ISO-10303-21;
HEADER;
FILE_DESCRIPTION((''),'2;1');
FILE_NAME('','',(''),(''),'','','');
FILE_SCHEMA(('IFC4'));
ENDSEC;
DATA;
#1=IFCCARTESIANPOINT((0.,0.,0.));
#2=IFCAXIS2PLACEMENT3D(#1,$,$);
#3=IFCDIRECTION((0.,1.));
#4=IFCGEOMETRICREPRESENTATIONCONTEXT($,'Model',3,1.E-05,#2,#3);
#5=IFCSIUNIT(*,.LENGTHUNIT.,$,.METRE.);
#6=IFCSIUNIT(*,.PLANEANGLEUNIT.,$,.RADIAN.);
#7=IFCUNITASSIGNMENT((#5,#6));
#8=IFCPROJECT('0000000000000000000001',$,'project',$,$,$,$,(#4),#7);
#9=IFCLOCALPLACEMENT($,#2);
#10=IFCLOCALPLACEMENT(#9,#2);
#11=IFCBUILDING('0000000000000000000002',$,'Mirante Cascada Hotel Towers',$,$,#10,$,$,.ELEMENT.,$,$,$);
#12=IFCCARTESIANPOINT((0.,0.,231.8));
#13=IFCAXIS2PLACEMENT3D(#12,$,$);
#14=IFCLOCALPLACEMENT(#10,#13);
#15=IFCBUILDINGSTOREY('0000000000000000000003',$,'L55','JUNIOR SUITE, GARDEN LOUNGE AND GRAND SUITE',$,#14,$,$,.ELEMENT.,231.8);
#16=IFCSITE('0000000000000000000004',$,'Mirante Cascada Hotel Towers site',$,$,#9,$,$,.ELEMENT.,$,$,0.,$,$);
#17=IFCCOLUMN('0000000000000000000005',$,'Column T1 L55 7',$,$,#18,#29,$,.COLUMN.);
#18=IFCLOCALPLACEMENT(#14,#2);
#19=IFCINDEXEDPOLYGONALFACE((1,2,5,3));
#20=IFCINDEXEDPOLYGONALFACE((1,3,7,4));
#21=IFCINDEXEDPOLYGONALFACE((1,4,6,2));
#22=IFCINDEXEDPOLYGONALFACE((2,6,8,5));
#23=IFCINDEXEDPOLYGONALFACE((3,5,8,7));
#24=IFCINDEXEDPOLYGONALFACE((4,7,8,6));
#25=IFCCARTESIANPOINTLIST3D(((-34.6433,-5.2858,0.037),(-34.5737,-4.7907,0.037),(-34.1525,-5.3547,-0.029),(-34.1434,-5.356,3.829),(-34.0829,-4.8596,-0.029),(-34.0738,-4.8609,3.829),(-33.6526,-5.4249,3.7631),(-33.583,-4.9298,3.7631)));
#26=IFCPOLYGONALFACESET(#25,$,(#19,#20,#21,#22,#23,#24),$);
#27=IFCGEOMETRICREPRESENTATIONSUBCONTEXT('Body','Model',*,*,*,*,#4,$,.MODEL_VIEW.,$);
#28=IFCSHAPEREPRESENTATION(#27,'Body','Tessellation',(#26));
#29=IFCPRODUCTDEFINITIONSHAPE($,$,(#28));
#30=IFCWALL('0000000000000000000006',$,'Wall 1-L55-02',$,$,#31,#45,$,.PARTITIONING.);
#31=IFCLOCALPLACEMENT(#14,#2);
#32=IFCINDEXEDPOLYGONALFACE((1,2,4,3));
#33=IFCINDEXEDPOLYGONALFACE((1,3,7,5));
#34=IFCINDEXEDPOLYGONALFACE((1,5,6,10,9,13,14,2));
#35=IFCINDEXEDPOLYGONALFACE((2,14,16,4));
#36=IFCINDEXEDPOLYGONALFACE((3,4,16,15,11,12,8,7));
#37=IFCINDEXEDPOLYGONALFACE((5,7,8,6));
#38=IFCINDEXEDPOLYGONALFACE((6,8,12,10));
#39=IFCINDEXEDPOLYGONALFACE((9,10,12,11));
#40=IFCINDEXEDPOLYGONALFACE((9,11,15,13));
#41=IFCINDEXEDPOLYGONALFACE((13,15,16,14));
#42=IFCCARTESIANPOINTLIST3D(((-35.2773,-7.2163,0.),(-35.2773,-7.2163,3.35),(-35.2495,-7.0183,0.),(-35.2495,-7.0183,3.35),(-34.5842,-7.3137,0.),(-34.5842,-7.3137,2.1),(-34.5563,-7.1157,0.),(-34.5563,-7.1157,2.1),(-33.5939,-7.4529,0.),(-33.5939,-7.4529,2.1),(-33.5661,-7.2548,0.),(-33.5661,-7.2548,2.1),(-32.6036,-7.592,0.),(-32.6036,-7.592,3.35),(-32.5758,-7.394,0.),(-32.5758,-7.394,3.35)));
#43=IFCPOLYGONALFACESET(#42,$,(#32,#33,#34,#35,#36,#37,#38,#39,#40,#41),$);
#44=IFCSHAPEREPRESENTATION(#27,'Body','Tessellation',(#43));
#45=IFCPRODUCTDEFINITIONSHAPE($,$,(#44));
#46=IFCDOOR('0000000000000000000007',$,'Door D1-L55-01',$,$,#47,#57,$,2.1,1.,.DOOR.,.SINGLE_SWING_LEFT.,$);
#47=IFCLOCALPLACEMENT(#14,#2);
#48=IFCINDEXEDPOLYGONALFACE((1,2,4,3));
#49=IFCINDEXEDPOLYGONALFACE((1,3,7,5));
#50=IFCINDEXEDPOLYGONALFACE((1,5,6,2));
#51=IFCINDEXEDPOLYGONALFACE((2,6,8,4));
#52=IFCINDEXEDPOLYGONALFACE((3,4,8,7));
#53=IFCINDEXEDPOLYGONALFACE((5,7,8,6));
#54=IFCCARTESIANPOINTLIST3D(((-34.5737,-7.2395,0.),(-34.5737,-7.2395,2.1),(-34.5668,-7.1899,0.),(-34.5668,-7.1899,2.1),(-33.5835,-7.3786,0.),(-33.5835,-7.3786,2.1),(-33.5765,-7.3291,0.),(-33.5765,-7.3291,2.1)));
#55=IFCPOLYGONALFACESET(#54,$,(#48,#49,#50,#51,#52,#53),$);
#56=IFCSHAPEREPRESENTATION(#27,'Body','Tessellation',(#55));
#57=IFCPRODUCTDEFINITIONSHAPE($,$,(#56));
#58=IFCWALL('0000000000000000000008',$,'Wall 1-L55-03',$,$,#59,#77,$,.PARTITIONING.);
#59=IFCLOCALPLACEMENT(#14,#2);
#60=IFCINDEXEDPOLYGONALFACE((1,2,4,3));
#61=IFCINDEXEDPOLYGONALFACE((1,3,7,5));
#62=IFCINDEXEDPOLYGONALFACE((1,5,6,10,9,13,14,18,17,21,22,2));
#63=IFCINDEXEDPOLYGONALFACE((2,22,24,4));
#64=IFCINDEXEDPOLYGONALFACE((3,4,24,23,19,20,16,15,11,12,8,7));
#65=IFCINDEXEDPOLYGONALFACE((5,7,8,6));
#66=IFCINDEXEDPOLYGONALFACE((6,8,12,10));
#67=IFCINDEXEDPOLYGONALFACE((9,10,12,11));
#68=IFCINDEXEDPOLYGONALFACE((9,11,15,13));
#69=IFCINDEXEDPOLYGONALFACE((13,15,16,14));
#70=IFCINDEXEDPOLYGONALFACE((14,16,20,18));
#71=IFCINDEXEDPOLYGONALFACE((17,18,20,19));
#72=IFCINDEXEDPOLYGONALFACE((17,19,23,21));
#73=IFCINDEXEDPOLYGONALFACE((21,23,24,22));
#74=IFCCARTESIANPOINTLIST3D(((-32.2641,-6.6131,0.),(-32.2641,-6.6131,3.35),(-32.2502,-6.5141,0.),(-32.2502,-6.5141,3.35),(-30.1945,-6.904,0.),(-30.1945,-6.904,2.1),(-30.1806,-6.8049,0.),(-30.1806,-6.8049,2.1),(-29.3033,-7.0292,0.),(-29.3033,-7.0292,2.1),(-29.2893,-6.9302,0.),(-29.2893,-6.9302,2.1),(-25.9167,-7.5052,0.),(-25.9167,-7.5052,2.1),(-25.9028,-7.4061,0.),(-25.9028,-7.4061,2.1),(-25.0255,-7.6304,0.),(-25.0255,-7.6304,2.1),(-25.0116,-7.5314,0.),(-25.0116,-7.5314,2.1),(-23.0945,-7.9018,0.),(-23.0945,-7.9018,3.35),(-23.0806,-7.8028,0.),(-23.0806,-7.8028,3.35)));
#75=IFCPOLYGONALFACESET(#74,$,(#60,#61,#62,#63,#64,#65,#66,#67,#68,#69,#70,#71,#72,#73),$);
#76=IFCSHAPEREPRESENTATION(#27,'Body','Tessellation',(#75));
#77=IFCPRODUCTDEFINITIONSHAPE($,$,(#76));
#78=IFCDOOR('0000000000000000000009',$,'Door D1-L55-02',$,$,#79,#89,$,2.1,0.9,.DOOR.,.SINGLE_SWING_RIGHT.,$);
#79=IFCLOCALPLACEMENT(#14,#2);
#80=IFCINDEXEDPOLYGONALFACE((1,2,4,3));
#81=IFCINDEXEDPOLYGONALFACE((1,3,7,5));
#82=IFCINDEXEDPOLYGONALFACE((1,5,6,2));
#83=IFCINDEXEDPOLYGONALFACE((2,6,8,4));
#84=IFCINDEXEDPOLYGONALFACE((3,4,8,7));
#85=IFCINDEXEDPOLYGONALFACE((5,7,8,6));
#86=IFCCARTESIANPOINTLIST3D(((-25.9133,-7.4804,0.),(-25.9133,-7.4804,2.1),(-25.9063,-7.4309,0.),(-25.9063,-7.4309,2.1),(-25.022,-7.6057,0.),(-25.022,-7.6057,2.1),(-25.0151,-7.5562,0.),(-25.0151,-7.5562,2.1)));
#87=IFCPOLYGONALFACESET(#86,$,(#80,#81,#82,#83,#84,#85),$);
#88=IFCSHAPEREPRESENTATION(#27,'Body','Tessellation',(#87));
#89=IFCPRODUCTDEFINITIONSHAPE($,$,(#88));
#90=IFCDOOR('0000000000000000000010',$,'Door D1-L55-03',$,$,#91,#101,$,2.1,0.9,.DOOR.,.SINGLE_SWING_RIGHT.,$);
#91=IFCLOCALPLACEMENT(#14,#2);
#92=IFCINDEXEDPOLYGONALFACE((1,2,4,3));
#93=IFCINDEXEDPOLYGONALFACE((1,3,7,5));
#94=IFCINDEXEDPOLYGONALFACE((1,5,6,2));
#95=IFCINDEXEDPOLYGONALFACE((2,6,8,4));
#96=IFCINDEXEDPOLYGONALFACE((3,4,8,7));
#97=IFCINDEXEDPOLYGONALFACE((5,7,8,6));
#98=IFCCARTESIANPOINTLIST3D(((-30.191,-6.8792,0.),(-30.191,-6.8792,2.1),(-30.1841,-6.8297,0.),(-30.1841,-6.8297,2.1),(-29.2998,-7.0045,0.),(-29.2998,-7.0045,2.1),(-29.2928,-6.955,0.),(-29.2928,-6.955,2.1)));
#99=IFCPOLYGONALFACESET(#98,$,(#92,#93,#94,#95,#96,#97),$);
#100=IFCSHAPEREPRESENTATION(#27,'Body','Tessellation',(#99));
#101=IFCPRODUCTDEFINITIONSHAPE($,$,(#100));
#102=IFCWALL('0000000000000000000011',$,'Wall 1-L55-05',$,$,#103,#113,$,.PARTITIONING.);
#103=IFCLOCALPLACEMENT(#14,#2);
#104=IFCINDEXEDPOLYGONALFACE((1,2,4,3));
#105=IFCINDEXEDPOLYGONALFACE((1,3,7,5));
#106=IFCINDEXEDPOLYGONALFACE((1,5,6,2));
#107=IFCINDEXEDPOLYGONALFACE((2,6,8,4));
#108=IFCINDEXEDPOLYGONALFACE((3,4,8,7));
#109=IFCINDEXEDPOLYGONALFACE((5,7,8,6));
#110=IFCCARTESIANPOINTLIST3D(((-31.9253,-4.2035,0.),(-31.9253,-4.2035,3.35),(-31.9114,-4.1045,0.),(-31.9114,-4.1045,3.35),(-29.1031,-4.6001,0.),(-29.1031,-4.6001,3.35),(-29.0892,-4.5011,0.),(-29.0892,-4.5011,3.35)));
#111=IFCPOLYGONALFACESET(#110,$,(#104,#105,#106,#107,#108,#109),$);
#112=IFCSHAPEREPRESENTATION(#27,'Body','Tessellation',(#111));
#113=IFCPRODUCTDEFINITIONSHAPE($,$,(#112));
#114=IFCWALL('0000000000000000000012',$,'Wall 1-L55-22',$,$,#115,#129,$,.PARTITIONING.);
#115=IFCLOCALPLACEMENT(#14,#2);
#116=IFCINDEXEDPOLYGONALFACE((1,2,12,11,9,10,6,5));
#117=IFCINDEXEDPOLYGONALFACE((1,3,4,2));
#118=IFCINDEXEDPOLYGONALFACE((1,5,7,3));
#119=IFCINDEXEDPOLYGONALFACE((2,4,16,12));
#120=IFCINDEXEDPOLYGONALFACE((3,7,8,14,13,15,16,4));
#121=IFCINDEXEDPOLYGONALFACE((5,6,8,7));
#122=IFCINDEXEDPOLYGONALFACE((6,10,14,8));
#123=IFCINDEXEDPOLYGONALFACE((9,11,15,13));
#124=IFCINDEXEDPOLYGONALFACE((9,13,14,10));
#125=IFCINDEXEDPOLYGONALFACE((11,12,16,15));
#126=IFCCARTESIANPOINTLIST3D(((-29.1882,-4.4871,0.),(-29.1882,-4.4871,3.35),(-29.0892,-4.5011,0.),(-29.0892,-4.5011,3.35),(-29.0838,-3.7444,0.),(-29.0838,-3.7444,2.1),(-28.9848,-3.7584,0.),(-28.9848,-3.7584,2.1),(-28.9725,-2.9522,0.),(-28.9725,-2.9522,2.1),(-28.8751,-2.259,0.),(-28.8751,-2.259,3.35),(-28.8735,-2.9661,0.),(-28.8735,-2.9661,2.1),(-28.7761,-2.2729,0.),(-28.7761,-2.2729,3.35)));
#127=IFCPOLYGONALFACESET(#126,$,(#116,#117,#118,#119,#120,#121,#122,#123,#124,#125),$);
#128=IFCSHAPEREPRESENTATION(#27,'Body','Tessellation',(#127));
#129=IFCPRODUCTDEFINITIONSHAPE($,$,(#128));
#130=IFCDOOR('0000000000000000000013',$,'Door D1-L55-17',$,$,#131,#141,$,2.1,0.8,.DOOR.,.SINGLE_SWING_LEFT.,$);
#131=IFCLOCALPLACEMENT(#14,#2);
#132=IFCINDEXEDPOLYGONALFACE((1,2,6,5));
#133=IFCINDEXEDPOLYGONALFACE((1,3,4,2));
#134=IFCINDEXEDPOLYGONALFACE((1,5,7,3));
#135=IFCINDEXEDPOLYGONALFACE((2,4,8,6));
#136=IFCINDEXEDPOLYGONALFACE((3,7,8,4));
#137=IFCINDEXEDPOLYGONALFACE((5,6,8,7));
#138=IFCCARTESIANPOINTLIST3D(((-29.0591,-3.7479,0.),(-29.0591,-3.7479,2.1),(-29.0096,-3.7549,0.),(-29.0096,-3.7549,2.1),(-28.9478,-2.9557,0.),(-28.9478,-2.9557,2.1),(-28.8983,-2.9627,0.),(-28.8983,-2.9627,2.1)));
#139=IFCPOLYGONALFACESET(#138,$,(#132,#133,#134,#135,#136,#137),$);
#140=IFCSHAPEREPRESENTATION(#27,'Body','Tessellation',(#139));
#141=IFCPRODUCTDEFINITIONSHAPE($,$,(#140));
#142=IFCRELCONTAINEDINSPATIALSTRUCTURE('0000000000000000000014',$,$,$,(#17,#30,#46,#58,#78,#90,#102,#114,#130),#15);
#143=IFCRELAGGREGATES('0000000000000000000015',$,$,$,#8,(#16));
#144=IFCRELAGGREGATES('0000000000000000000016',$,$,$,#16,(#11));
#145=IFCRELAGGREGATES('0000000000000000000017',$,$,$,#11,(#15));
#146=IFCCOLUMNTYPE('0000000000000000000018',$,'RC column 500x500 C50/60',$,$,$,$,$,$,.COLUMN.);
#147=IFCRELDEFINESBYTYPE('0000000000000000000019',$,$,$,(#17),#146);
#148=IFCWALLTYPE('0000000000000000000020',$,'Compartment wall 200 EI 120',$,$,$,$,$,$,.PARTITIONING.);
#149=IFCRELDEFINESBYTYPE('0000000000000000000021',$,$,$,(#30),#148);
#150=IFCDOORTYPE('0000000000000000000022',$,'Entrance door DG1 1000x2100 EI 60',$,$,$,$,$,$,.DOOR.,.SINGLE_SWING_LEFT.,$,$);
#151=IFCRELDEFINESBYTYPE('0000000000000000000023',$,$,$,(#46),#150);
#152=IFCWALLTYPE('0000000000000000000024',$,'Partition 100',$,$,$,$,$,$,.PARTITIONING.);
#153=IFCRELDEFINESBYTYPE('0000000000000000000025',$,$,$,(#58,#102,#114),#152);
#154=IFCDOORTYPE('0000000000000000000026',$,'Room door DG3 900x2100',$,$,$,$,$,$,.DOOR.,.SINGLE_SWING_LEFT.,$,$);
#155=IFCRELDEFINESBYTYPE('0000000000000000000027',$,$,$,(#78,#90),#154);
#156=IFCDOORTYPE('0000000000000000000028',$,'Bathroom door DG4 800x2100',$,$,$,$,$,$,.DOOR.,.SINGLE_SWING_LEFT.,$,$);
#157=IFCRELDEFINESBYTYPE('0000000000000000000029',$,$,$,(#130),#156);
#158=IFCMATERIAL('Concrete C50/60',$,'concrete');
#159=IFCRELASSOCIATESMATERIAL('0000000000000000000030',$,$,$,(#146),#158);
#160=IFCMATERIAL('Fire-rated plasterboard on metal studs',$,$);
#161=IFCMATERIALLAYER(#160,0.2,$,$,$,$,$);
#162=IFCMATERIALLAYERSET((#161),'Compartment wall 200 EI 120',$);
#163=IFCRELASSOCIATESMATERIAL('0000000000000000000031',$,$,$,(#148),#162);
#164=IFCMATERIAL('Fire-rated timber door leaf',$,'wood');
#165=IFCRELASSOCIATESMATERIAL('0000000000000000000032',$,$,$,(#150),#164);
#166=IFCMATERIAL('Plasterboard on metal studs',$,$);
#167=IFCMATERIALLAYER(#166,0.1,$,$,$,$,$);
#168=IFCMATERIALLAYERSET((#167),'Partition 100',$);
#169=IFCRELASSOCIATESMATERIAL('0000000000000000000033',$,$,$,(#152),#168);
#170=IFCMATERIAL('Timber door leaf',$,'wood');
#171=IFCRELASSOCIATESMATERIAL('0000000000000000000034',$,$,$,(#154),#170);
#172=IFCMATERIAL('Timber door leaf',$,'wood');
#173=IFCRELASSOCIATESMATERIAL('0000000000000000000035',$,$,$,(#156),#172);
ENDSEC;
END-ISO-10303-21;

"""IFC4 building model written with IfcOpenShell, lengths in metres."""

from ifc_helpers import new_model, si_unit, direction, frame, frame_2d, origin, origin_2d, place, context, subcontext, project, spatial, rectangle, extrude, material, layer, layer_set, material_profile, profile_set, type_object, element, fill, save


model = new_model("IFC4")

# Units and contexts
model_context = context("Model", 3, precision=1e-05, world=origin(), true_north=direction((0.0, 1.0)))
body_context = subcontext(model_context, "Body", "Model", "MODEL_VIEW")
ifc_project = project(units=[si_unit("LENGTHUNIT", "METRE"), si_unit("PLANEANGLEUNIT", "RADIAN")], contexts=[model_context])

# Site, building, storey
site_placement = place(None, origin())
site = spatial("IfcSite", under=ifc_project, at=site_placement, Name="Mirante Cascada Hotel Towers site", CompositionType="ELEMENT", RefElevation=0.0)
building_placement = place(site_placement, origin())
building = spatial("IfcBuilding", under=site, at=building_placement, Name="Mirante Cascada Hotel Towers", CompositionType="ELEMENT")
storey_placement = place(building_placement, frame((0.0, 0.0, 231.8)))
storey = spatial("IfcBuildingStorey", under=building, at=storey_placement, Name="L55", Description="JUNIOR SUITE, GARDEN LOUNGE AND GRAND SUITE", CompositionType="ELEMENT", Elevation=231.8)

# Column
ifc_material_1 = material(Name="Concrete C50/60", Category="concrete")
ifc_material_profile = material_profile(ifc_material_1, rectangle(XDim=0.5, YDim=0.5, at=origin_2d()), Name="RC column 500x500 C50/60")
ifc_profile_set = profile_set([ifc_material_profile], Name="Concrete C50/60")
column_type = type_object("IfcColumnType", Name="RC column 500x500 C50/60", PredefinedType="COLUMN", material=ifc_profile_set)
column_placement = place(storey_placement, frame((-34.3631, -5.0727, 0.004), z_axis=(0.130677, -0.018351, 0.991255), x_axis=(0.139064, 0.990283, 0.0)))
element("IfcColumn", 1, at=column_placement, inside=storey, type_object=column_type, Name="Column T1 L55 7", PredefinedType="COLUMN", context=body_context, shape_type="SweptSolid", body=[
    extrude(rectangle(XDim=0.5, YDim=0.5, at=origin_2d()), origin(), (0.0, 0.0, 1.0), 3.8255),
])

# Wall, opening, door
ifc_material_2 = material(Name="Fire-rated plasterboard on metal studs")
ifc_layer_1 = layer(ifc_material_2, 0.2)
ifc_layer_set_1 = layer_set([ifc_layer_1], Name="Compartment wall 200 EI 120")
wall_type_1 = type_object("IfcWallType", Name="Compartment wall 200 EI 120", PredefinedType="PARTITIONING", material=ifc_layer_set_1)
wall_1_placement = place(storey_placement, frame((-32.5897, -7.493, 0.0), z_axis=(0.0, 0.0, 1.0), x_axis=(-0.990271, 0.13915, 0.0)))
wall_1 = element("IfcWall", 2, at=wall_1_placement, inside=storey, type_object=wall_type_1, Name="Wall 1-L55-02", PredefinedType="PARTITIONING", context=body_context, shape_type="SweptSolid", body=[
    extrude(rectangle(XDim=2.7, YDim=0.2, at=frame_2d((1.35, 0.0))), origin(), (0.0, 0.0, 1.0), 3.35),
])
opening_1_placement = place(wall_1_placement, frame((1.0, 0.0, 0.0)))
opening_1 = element("IfcOpeningElement", 3, at=opening_1_placement, cuts=wall_1, PredefinedType="OPENING", context=body_context, shape_type="SweptSolid", body=[
    extrude(rectangle(XDim=1.0, YDim=2.1, at=frame_2d((0.5, 1.05))), frame((0.0, 0.1, 0.0), z_axis=(0.0, -1.0, 0.0), x_axis=(1.0, 0.0, 0.0)), (0.0, 0.0, 1.0), 0.2),
])
ifc_material_3 = material(Name="Fire-rated timber door leaf", Category="wood")
door_type_1 = type_object("IfcDoorType", Name="Entrance door DG1 1000x2100 EI 60", OperationType="SINGLE_SWING_LEFT", PredefinedType="DOOR", material=ifc_material_3)
door_1_placement = place(opening_1_placement, origin())
door_1 = element("IfcDoor", 4, at=door_1_placement, inside=storey, type_object=door_type_1, Name="Door D1-L55-01", OperationType="SINGLE_SWING_LEFT", OverallHeight=2.1, OverallWidth=1.0, PredefinedType="DOOR", context=body_context, shape_type="SweptSolid", body=[
    extrude(rectangle(XDim=1.0, YDim=2.1, at=frame_2d((0.5, 1.05))), frame((0.0, 0.025, 0.0), z_axis=(0.0, -1.0, 0.0), x_axis=(1.0, 0.0, 0.0)), (0.0, 0.0, 1.0), 0.05),
])
fill(opening_1, door_1)

# Wall, openings, doors
ifc_material_4 = material(Name="Plasterboard on metal studs")
ifc_layer_2 = layer(ifc_material_4, 0.1)
ifc_layer_set_2 = layer_set([ifc_layer_2], Name="Partition 100")
wall_type_2 = type_object("IfcWallType", Name="Partition 100", PredefinedType="PARTITIONING", material=ifc_layer_set_2)
wall_2_placement = place(storey_placement, frame((-32.2571, -6.5636, 0.0), z_axis=(0.0, 0.0, 1.0), x_axis=(0.990268, -0.139173, 0.0)))
wall_2 = element("IfcWall", 5, at=wall_2_placement, inside=storey, type_object=wall_type_2, Name="Wall 1-L55-03", PredefinedType="PARTITIONING", context=body_context, shape_type="SweptSolid", body=[
    extrude(rectangle(XDim=9.2597, YDim=0.1, at=frame_2d((4.6298, 0.0))), origin(), (0.0, 0.0, 1.0), 3.35),
])
opening_2_placement = place(wall_2_placement, frame((6.4097, 0.0, 0.0)))
opening_2 = element("IfcOpeningElement", 6, at=opening_2_placement, cuts=wall_2, PredefinedType="OPENING", context=body_context, shape_type="SweptSolid", body=[
    extrude(rectangle(XDim=0.9, YDim=2.1, at=frame_2d((0.45, 1.05))), frame((0.0, 0.05, 0.0), z_axis=(0.0, -1.0, 0.0), x_axis=(1.0, 0.0, 0.0)), (0.0, 0.0, 1.0), 0.1),
])
opening_3_placement = place(wall_2_placement, frame((2.0899, 0.0, 0.0)))
opening_3 = element("IfcOpeningElement", 7, at=opening_3_placement, cuts=wall_2, PredefinedType="OPENING", context=body_context, shape_type="SweptSolid", body=[
    extrude(rectangle(XDim=0.9, YDim=2.1, at=frame_2d((0.45, 1.05))), frame((0.0, 0.05, 0.0), z_axis=(0.0, -1.0, 0.0), x_axis=(1.0, 0.0, 0.0)), (0.0, 0.0, 1.0), 0.1),
])
ifc_material_5 = material(Name="Timber door leaf", Category="wood")
door_type_2 = type_object("IfcDoorType", Name="Room door DG3 900x2100", OperationType="SINGLE_SWING_LEFT", PredefinedType="DOOR", material=ifc_material_5)
door_2_placement = place(opening_2_placement, frame((0.9, 0.0, 0.0), z_axis=(0.0, 0.0, 1.0), x_axis=(-1.0, 0.0, 0.0)))
door_2 = element("IfcDoor", 8, at=door_2_placement, inside=storey, type_object=door_type_2, Name="Door D1-L55-02", OperationType="SINGLE_SWING_RIGHT", OverallHeight=2.1, OverallWidth=0.9, PredefinedType="DOOR", context=body_context, shape_type="SweptSolid", body=[
    extrude(rectangle(XDim=0.9, YDim=2.1, at=frame_2d((0.45, 1.05))), frame((0.0, 0.025, 0.0), z_axis=(0.0, -1.0, 0.0), x_axis=(1.0, 0.0, 0.0)), (0.0, 0.0, 1.0), 0.05),
])
fill(opening_2, door_2)
door_3_placement = place(opening_3_placement, frame((0.9, 0.0, 0.0), z_axis=(0.0, 0.0, 1.0), x_axis=(-1.0, 0.0, 0.0)))
door_3 = element("IfcDoor", 9, at=door_3_placement, inside=storey, type_object=door_type_2, Name="Door D1-L55-03", OperationType="SINGLE_SWING_RIGHT", OverallHeight=2.1, OverallWidth=0.9, PredefinedType="DOOR", context=body_context, shape_type="SweptSolid", body=[
    extrude(rectangle(XDim=0.9, YDim=2.1, at=frame_2d((0.45, 1.05))), frame((0.0, 0.025, 0.0), z_axis=(0.0, -1.0, 0.0), x_axis=(1.0, 0.0, 0.0)), (0.0, 0.0, 1.0), 0.05),
])
fill(opening_3, door_3)

# Wall
wall_3_placement = place(storey_placement, frame((-31.9184, -4.154, 0.0), z_axis=(0.0, 0.0, 1.0), x_axis=(0.99027, -0.139161, 0.0)))
element("IfcWall", 10, at=wall_3_placement, inside=storey, type_object=wall_type_2, Name="Wall 1-L55-05", PredefinedType="PARTITIONING", context=body_context, shape_type="SweptSolid", body=[
    extrude(rectangle(XDim=2.8499, YDim=0.1, at=frame_2d((1.425, 0.0))), origin(), (0.0, 0.0, 1.0), 3.35),
])

# Wall, opening, door
wall_4_placement = place(storey_placement, frame((-29.1387, -4.4941, 0.0), z_axis=(0.0, 0.0, 1.0), x_axis=(0.139156, 0.990271, 0.0)))
wall_4 = element("IfcWall", 11, at=wall_4_placement, inside=storey, type_object=wall_type_2, Name="Wall 1-L55-22", PredefinedType="PARTITIONING", context=body_context, shape_type="SweptSolid", body=[
    extrude(rectangle(XDim=2.25, YDim=0.1, at=frame_2d((1.125, 0.0))), origin(), (0.0, 0.0, 1.0), 3.35),
])
opening_4_placement = place(wall_4_placement, frame((0.75, 0.0, 0.0)))
opening_4 = element("IfcOpeningElement", 12, at=opening_4_placement, cuts=wall_4, PredefinedType="OPENING", context=body_context, shape_type="SweptSolid", body=[
    extrude(rectangle(XDim=0.8, YDim=2.1, at=frame_2d((0.4, 1.05))), frame((0.0, 0.05, 0.0), z_axis=(0.0, -1.0, 0.0), x_axis=(1.0, 0.0, 0.0)), (0.0, 0.0, 1.0), 0.1),
])
ifc_material_6 = material(Name="Timber door leaf", Category="wood")
door_type_3 = type_object("IfcDoorType", Name="Bathroom door DG4 800x2100", OperationType="SINGLE_SWING_LEFT", PredefinedType="DOOR", material=ifc_material_6)
door_4_placement = place(opening_4_placement, origin())
door_4 = element("IfcDoor", 13, at=door_4_placement, inside=storey, type_object=door_type_3, Name="Door D1-L55-17", OperationType="SINGLE_SWING_LEFT", OverallHeight=2.1, OverallWidth=0.8, PredefinedType="DOOR", context=body_context, shape_type="SweptSolid", body=[
    extrude(rectangle(XDim=0.8, YDim=2.1, at=frame_2d((0.4, 1.05))), frame((0.0, 0.025, 0.0), z_axis=(0.0, -1.0, 0.0), x_axis=(1.0, 0.0, 0.0)), (0.0, 0.0, 1.0), 0.05),
])
fill(opening_4, door_4)

save(model, "model.ifc")
